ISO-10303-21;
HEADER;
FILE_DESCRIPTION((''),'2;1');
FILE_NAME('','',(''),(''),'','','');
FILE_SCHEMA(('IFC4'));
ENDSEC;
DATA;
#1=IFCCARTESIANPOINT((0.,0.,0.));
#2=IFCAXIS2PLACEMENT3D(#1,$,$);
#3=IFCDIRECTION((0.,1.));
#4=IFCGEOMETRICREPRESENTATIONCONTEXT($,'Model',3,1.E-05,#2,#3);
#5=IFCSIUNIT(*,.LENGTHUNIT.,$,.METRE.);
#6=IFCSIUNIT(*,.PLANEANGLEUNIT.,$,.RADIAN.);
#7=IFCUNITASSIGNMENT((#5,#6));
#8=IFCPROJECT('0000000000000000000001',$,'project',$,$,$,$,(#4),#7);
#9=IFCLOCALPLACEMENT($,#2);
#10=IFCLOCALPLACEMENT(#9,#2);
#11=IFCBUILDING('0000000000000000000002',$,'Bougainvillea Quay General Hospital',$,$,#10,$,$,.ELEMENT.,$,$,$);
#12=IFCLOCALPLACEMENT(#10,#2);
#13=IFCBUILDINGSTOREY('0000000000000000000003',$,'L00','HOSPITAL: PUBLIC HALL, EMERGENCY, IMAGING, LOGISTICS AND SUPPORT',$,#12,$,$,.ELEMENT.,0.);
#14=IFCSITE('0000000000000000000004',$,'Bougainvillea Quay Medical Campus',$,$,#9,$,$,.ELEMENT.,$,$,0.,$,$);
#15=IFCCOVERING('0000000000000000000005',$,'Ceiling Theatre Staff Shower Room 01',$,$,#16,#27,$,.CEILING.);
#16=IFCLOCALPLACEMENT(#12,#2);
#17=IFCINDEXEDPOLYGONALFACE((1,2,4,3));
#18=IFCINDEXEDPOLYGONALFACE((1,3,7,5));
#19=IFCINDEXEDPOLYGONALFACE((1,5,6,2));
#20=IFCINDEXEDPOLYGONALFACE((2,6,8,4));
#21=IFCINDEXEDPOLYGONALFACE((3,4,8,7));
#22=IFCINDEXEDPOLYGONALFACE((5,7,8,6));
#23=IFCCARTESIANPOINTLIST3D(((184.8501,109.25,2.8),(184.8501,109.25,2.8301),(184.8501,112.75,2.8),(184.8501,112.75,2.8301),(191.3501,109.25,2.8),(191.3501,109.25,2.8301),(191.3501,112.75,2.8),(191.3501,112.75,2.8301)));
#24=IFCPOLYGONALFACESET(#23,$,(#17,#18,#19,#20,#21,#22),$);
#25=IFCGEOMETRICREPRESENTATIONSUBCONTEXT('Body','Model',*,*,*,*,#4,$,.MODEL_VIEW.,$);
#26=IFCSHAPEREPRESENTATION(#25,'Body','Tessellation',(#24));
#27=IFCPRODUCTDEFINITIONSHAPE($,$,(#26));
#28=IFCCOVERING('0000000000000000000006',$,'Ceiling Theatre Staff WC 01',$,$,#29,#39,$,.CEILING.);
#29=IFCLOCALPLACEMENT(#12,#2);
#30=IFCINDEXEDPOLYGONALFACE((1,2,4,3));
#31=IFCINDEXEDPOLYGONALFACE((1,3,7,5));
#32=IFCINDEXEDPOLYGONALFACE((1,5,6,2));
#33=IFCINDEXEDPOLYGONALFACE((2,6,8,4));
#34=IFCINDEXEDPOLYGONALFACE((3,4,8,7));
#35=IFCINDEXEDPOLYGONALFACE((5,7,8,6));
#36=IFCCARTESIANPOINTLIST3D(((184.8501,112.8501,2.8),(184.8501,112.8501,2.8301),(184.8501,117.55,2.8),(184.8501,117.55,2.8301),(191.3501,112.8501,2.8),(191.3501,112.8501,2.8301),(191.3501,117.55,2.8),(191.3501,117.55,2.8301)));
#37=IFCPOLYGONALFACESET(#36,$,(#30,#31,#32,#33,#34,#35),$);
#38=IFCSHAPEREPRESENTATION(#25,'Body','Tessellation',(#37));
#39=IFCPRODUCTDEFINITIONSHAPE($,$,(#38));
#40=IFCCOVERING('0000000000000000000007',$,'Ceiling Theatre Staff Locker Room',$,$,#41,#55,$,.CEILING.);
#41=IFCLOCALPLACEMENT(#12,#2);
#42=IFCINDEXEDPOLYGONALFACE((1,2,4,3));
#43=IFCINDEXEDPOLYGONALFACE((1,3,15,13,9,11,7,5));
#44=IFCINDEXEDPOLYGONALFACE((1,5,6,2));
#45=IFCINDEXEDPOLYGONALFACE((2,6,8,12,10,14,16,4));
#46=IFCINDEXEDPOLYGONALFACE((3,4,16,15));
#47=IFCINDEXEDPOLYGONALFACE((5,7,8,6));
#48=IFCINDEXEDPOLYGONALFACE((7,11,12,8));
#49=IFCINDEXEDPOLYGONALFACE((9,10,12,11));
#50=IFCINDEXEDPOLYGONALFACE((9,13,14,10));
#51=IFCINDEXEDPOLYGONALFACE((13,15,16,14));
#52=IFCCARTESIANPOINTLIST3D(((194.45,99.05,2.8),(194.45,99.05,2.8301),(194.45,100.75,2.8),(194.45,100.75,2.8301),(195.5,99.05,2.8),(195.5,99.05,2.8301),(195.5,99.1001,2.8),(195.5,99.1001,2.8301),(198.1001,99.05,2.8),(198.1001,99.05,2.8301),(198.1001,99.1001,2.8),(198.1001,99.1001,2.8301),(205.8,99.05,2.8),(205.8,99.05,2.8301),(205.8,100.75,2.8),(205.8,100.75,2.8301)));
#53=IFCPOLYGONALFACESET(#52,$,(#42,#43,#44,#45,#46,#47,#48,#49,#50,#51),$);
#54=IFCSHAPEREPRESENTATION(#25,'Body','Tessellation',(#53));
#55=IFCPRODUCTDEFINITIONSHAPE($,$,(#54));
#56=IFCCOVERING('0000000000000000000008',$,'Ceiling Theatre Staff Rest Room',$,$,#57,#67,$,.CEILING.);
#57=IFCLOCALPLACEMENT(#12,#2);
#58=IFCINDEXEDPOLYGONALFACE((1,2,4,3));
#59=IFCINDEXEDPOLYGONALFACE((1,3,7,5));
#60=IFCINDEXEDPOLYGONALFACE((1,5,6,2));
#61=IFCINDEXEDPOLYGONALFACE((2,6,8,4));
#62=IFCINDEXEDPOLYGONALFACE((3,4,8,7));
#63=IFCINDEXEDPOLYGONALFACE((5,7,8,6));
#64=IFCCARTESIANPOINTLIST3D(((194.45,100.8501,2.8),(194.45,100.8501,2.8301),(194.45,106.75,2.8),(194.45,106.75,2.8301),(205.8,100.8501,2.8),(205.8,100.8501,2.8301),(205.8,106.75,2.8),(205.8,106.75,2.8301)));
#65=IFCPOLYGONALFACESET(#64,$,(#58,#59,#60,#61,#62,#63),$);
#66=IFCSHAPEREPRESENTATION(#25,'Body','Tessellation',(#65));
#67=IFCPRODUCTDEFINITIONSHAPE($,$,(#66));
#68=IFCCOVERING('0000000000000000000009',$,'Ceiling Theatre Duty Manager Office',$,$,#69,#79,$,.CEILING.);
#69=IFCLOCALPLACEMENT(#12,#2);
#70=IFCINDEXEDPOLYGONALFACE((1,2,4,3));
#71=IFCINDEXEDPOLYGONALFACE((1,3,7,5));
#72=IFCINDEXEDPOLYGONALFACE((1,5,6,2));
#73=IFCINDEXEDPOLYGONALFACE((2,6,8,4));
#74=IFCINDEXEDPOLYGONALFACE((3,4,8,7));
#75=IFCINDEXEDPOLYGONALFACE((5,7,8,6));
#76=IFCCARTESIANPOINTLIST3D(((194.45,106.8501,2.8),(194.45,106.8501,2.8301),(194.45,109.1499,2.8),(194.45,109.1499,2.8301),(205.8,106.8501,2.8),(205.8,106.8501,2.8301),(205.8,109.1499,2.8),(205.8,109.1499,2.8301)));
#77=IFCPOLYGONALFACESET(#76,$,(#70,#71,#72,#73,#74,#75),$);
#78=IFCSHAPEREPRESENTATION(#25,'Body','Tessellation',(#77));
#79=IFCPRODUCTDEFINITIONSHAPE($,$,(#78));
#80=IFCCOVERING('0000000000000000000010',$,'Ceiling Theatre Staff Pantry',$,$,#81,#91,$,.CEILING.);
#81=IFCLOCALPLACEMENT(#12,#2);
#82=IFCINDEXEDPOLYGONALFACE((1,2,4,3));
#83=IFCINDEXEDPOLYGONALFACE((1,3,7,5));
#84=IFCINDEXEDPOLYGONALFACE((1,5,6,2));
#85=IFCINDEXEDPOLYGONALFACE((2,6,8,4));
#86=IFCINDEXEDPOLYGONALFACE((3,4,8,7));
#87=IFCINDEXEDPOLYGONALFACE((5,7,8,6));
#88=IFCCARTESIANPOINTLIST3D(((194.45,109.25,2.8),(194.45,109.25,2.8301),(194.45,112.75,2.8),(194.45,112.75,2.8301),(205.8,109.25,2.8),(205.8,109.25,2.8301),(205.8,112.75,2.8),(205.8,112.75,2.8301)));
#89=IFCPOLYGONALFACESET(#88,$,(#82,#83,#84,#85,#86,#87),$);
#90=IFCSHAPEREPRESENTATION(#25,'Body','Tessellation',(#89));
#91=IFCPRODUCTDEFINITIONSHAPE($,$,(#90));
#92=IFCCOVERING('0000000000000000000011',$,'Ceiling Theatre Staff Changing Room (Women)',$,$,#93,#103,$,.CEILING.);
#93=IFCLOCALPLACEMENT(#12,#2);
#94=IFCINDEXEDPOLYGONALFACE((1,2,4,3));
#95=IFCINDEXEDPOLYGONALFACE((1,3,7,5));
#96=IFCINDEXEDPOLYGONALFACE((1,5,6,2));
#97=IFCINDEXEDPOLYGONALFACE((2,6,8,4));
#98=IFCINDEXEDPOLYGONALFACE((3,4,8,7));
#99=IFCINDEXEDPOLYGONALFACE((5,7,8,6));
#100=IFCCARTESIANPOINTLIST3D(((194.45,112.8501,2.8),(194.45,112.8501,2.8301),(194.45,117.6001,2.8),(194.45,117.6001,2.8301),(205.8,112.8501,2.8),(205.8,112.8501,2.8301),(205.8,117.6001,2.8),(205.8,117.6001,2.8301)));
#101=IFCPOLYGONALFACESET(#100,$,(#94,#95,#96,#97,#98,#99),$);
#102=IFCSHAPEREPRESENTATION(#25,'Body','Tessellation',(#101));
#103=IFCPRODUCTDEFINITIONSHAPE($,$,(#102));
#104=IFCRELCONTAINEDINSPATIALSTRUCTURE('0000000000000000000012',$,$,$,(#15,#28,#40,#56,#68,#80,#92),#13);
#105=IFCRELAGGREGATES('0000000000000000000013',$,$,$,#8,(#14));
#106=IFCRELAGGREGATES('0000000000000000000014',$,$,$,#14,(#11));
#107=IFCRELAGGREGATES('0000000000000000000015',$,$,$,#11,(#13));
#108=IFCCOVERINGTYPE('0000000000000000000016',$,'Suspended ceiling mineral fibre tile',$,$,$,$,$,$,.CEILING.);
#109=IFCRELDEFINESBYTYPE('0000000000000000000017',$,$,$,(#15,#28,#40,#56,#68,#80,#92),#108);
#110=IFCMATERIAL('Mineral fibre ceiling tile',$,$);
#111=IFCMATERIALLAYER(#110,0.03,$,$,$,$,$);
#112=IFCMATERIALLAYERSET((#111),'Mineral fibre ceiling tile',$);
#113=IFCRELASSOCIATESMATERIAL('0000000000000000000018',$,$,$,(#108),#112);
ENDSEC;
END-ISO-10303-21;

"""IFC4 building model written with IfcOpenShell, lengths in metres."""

from ifc_helpers import new_model, si_unit, direction, frame, origin, place, context, subcontext, project, spatial, polyline, outline, extrude, material, layer, layer_set, type_object, element, save


model = new_model("IFC4")

# Units and contexts
model_context = context("Model", 3, precision=1e-05, world=origin(), true_north=direction((0.0, 1.0)))
body_context = subcontext(model_context, "Body", "Model", "MODEL_VIEW")
ifc_project = project(units=[si_unit("LENGTHUNIT", "METRE"), si_unit("PLANEANGLEUNIT", "RADIAN")], contexts=[model_context])

# Site, building, storey
site_placement = place(None, origin())
site = spatial("IfcSite", under=ifc_project, at=site_placement, Name="Bougainvillea Quay Medical Campus", CompositionType="ELEMENT", RefElevation=0.0)
building_placement = place(site_placement, origin())
building = spatial("IfcBuilding", under=site, at=building_placement, Name="Bougainvillea Quay General Hospital", CompositionType="ELEMENT")
storey_placement = place(building_placement, origin())
storey = spatial("IfcBuildingStorey", under=building, at=storey_placement, Name="L00", Description="HOSPITAL: PUBLIC HALL, EMERGENCY, IMAGING, LOGISTICS AND SUPPORT", CompositionType="ELEMENT", Elevation=0.0)

# Coverings
ifc_material = material(Name="Mineral fibre ceiling tile")
ifc_layer = layer(ifc_material, 0.03)
ifc_layer_set = layer_set([ifc_layer], Name="Mineral fibre ceiling tile")
covering_type = type_object("IfcCoveringType", Name="Suspended ceiling mineral fibre tile", PredefinedType="CEILING", material=ifc_layer_set)
covering_1_placement = place(storey_placement, frame((0.0, 0.0, 2.8)))
element("IfcCovering", 1, at=covering_1_placement, inside=storey, type_object=covering_type, Name="Ceiling Theatre Staff Shower Room 01", PredefinedType="CEILING", context=body_context, shape_type="SweptSolid", body=[
    extrude(outline(polyline([(191.3501, 109.25), (191.3501, 112.75), (184.8501, 112.75), (184.8501, 109.25), (191.3501, 109.25)])), origin(), (0.0, 0.0, 1.0), 0.03),
])
covering_2_placement = place(storey_placement, frame((0.0, 0.0, 2.8)))
element("IfcCovering", 2, at=covering_2_placement, inside=storey, type_object=covering_type, Name="Ceiling Theatre Staff WC 01", PredefinedType="CEILING", context=body_context, shape_type="SweptSolid", body=[
    extrude(outline(polyline([(191.3501, 112.8501), (191.3501, 117.55), (184.8501, 117.55), (184.8501, 112.8501), (191.3501, 112.8501)])), origin(), (0.0, 0.0, 1.0), 0.03),
])
covering_3_placement = place(storey_placement, frame((0.0, 0.0, 2.8)))
element("IfcCovering", 3, at=covering_3_placement, inside=storey, type_object=covering_type, Name="Ceiling Theatre Staff Locker Room", PredefinedType="CEILING", context=body_context, shape_type="SweptSolid", body=[
    extrude(outline(polyline([(205.8, 100.75), (194.45, 100.75), (194.45, 99.05), (195.5, 99.05), (195.5, 99.1001), (198.1001, 99.1001), (198.1001, 99.05), (205.8, 99.05), (205.8, 100.75)])), origin(), (0.0, 0.0, 1.0), 0.03),
])
covering_4_placement = place(storey_placement, frame((0.0, 0.0, 2.8)))
element("IfcCovering", 4, at=covering_4_placement, inside=storey, type_object=covering_type, Name="Ceiling Theatre Staff Rest Room", PredefinedType="CEILING", context=body_context, shape_type="SweptSolid", body=[
    extrude(outline(polyline([(205.8, 106.75), (194.45, 106.75), (194.45, 100.8501), (205.8, 100.8501), (205.8, 106.75)])), origin(), (0.0, 0.0, 1.0), 0.03),
])
covering_5_placement = place(storey_placement, frame((0.0, 0.0, 2.8)))
element("IfcCovering", 5, at=covering_5_placement, inside=storey, type_object=covering_type, Name="Ceiling Theatre Duty Manager Office", PredefinedType="CEILING", context=body_context, shape_type="SweptSolid", body=[
    extrude(outline(polyline([(205.8, 109.1499), (194.45, 109.1499), (194.45, 106.8501), (205.8, 106.8501), (205.8, 109.1499)])), origin(), (0.0, 0.0, 1.0), 0.03),
])
covering_6_placement = place(storey_placement, frame((0.0, 0.0, 2.8)))
element("IfcCovering", 6, at=covering_6_placement, inside=storey, type_object=covering_type, Name="Ceiling Theatre Staff Pantry", PredefinedType="CEILING", context=body_context, shape_type="SweptSolid", body=[
    extrude(outline(polyline([(205.8, 112.75), (194.45, 112.75), (194.45, 109.25), (205.8, 109.25), (205.8, 112.75)])), origin(), (0.0, 0.0, 1.0), 0.03),
])
covering_7_placement = place(storey_placement, frame((0.0, 0.0, 2.8)))
element("IfcCovering", 7, at=covering_7_placement, inside=storey, type_object=covering_type, Name="Ceiling Theatre Staff Changing Room (Women)", PredefinedType="CEILING", context=body_context, shape_type="SweptSolid", body=[
    extrude(outline(polyline([(194.45, 117.6001), (194.45, 112.8501), (205.8, 112.8501), (205.8, 117.6001), (194.45, 117.6001)])), origin(), (0.0, 0.0, 1.0), 0.03),
])

save(model, "model.ifc")
